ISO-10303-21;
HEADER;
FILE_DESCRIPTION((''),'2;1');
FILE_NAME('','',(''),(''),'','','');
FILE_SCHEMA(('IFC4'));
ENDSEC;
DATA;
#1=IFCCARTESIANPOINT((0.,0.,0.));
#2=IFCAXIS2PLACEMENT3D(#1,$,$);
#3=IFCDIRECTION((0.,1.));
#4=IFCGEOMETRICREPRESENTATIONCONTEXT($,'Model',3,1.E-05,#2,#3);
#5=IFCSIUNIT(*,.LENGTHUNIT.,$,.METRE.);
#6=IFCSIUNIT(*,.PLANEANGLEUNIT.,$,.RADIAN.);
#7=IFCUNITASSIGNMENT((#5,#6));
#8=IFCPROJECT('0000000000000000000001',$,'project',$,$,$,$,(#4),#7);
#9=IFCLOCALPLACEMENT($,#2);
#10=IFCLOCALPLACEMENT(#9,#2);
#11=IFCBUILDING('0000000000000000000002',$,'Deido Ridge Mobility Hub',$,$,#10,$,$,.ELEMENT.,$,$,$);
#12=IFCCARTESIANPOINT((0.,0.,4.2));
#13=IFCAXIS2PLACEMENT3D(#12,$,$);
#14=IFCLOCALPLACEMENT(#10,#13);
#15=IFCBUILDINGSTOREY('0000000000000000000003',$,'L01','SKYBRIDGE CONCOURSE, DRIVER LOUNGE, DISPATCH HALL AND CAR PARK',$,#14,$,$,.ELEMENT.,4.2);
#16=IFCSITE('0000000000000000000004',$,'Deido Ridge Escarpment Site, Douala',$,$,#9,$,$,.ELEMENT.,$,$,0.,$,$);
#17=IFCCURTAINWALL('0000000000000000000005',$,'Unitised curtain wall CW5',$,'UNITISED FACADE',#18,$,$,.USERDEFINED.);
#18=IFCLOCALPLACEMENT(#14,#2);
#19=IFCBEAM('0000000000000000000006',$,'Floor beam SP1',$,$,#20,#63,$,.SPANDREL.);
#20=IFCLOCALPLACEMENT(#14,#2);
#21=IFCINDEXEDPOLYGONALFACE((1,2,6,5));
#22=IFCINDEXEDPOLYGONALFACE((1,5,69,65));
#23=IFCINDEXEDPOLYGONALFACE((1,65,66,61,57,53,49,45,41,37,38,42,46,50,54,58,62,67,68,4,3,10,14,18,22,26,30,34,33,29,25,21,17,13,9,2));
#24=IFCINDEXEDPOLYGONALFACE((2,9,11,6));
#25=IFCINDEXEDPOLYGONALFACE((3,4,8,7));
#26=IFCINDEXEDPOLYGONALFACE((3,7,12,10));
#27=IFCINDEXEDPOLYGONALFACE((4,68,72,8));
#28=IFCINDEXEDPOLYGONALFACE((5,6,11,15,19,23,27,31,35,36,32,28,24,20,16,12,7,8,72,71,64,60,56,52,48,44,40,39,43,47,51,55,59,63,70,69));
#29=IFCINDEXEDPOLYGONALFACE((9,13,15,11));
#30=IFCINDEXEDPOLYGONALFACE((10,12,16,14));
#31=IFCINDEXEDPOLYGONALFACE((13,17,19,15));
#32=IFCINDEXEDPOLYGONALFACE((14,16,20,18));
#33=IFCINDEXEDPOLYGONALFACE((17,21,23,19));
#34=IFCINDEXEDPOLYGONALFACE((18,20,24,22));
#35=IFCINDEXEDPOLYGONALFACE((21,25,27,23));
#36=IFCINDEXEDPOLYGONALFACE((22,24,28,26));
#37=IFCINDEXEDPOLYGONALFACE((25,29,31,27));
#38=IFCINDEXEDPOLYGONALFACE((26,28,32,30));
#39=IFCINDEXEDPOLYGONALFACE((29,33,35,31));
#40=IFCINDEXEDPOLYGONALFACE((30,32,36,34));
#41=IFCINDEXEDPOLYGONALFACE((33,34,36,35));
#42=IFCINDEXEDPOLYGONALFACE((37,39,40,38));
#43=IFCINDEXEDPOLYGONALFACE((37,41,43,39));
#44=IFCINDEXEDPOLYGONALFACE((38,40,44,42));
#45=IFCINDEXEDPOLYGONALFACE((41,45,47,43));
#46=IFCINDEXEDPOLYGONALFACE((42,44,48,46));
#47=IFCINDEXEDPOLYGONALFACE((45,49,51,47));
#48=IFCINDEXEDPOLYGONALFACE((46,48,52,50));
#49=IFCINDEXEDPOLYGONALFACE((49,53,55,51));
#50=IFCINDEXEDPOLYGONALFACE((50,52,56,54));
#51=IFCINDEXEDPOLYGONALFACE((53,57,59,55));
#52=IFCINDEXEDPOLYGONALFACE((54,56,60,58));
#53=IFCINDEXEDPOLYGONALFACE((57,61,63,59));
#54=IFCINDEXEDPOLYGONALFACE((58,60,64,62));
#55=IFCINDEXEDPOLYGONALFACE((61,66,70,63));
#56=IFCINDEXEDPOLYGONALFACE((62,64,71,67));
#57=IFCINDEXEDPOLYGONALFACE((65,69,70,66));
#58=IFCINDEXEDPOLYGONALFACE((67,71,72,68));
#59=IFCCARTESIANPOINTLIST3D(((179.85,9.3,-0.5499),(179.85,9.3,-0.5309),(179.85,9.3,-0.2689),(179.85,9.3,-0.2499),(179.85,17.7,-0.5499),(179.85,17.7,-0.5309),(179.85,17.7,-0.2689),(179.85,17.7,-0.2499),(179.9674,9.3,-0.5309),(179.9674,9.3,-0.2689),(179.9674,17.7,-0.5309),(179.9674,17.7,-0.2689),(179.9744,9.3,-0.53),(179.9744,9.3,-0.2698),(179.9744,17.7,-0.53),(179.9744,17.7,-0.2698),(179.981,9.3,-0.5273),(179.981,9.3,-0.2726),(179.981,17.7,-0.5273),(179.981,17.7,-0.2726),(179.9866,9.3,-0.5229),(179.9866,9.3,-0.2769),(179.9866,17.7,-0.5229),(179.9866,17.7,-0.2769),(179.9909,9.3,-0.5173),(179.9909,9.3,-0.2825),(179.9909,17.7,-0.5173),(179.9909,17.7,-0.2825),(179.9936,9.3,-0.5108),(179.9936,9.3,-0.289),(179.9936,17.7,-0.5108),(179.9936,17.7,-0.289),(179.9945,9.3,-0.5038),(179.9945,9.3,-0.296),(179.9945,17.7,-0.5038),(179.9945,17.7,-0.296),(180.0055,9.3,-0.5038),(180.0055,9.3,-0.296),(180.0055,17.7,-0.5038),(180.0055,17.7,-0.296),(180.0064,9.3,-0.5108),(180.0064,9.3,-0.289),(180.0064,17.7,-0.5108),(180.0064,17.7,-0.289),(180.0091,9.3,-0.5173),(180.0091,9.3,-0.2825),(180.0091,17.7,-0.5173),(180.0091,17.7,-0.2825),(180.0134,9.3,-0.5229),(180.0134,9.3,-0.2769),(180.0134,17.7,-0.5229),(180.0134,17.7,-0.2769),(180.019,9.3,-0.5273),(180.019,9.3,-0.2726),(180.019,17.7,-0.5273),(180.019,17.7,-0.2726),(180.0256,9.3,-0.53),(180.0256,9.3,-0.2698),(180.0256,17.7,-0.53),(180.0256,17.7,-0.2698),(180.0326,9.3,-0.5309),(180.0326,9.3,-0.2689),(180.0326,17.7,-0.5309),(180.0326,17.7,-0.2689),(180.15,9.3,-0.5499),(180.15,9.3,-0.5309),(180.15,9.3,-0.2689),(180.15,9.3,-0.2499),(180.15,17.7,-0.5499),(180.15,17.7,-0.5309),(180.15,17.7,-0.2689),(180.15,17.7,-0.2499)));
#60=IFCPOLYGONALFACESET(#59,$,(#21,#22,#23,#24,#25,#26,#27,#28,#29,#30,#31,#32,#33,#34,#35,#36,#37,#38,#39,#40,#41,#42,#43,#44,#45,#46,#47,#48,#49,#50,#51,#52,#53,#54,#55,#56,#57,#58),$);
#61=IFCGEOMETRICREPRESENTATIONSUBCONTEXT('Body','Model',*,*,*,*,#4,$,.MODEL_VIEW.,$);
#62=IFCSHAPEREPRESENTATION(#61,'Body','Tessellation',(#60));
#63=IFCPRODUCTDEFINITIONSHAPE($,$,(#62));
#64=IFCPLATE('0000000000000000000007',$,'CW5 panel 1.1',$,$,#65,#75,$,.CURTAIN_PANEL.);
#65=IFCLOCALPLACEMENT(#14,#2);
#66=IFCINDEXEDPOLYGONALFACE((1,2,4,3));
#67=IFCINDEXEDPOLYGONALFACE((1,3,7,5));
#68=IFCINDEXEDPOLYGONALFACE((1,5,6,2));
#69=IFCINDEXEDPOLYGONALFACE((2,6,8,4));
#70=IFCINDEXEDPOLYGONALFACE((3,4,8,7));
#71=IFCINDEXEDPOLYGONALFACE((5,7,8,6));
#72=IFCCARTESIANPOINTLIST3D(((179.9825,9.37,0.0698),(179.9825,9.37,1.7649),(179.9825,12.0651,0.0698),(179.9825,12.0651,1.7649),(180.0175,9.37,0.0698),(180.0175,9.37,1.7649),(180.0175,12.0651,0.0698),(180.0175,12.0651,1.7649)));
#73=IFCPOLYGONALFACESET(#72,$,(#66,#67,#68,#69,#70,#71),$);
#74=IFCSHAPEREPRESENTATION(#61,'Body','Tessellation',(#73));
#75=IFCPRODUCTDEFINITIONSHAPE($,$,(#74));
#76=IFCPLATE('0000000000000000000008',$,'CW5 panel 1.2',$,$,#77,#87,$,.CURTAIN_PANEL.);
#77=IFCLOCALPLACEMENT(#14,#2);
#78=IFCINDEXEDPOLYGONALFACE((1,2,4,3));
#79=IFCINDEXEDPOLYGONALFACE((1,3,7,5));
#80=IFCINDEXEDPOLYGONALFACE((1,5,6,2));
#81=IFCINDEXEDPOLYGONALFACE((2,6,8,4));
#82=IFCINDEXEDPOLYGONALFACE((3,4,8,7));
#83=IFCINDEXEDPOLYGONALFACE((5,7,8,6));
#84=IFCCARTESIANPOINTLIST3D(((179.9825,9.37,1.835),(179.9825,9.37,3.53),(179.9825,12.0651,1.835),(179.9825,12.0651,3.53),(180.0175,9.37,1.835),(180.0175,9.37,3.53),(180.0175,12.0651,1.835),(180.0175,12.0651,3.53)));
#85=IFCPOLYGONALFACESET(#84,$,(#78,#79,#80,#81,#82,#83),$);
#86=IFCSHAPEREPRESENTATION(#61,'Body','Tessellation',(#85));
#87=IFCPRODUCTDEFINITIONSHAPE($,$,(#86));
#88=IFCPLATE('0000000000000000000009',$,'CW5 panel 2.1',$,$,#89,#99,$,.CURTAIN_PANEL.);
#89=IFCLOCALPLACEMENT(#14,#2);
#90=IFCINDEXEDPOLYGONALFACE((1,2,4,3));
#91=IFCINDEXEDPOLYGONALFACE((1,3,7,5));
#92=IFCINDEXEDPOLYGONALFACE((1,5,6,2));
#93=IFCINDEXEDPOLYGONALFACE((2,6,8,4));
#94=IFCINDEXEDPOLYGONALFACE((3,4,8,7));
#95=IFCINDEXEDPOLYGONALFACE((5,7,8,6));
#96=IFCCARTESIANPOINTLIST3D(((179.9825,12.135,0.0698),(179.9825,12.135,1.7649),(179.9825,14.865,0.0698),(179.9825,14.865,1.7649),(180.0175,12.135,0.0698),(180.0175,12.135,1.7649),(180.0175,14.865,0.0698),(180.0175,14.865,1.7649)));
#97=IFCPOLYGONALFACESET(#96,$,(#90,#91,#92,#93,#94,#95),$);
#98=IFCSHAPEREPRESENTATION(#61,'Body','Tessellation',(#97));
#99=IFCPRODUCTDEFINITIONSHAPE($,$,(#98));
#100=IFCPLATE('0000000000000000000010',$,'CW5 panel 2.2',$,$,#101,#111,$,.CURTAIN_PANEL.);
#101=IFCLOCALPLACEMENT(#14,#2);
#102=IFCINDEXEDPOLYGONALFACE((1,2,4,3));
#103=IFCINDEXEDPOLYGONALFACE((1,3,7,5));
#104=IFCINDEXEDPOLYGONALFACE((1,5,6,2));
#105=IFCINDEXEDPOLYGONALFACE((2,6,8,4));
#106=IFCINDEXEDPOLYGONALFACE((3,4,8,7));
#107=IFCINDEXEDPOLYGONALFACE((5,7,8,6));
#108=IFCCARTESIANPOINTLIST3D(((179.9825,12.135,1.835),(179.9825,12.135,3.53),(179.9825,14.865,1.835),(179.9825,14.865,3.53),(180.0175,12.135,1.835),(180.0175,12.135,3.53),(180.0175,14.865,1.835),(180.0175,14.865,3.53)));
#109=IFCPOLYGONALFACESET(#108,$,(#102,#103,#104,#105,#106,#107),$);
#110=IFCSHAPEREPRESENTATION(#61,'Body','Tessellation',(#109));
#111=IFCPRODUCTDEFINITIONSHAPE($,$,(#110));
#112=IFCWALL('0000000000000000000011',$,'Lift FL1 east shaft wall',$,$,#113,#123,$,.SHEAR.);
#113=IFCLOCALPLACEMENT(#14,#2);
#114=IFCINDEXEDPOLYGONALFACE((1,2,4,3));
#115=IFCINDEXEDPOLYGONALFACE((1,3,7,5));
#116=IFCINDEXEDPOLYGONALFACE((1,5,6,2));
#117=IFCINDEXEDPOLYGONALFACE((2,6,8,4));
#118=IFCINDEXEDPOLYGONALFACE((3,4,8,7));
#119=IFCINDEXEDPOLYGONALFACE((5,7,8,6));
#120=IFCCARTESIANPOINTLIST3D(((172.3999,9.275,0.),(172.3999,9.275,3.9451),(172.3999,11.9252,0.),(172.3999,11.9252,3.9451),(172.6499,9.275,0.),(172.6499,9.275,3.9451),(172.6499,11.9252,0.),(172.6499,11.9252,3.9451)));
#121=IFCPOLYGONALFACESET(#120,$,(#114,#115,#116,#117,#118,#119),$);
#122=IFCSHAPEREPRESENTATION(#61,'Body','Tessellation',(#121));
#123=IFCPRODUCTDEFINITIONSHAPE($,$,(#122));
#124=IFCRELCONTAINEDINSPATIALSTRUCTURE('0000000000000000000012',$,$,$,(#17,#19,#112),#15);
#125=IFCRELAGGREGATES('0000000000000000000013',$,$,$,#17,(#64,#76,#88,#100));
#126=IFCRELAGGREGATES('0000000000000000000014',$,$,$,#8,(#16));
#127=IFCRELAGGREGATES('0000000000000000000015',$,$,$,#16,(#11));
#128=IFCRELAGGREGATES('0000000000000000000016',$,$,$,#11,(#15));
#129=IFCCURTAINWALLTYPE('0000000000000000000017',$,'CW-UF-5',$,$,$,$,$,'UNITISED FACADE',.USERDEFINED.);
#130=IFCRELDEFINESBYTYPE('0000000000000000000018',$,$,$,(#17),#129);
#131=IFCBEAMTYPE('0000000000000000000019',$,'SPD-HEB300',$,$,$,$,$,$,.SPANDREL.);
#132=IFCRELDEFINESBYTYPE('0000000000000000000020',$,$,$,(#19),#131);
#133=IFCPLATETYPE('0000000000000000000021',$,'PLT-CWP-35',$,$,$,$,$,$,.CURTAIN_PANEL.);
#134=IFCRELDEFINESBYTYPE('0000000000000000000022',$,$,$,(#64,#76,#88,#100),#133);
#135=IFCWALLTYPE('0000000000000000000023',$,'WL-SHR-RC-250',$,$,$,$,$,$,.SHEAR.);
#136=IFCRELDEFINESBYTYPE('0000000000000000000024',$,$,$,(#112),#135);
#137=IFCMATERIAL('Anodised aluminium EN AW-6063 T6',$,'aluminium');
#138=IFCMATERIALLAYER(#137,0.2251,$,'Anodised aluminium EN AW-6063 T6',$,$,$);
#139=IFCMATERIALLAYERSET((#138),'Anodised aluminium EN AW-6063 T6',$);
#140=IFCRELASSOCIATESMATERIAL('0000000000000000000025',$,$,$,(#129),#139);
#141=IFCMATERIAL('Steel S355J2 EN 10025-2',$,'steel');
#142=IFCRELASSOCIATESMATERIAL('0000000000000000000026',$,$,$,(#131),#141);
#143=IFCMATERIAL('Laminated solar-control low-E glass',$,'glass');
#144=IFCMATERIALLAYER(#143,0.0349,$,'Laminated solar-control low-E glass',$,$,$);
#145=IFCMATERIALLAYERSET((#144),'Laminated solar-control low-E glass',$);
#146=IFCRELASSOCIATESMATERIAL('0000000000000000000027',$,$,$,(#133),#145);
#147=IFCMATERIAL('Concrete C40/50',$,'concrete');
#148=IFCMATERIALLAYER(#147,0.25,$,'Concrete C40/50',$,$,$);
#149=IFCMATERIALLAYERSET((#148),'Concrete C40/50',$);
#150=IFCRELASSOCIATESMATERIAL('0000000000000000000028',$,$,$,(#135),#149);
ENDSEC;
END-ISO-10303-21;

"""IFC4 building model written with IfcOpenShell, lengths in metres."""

from ifc_helpers import new_model, si_unit, direction, frame, frame_2d, origin, origin_2d, place, context, subcontext, project, spatial, rectangle, i_section, extrude, material, layer, layer_set, material_profile, profile_set, type_object, element, aggregate, save


model = new_model("IFC4")

# Units and contexts
model_context = context("Model", 3, precision=1e-05, world=origin(), true_north=direction((0.0, 1.0)))
body_context = subcontext(model_context, "Body", "Model", "MODEL_VIEW")
ifc_project = project(units=[si_unit("LENGTHUNIT", "METRE"), si_unit("PLANEANGLEUNIT", "RADIAN")], contexts=[model_context])

# Site, building, storey
site_placement = place(None, origin())
site = spatial("IfcSite", under=ifc_project, at=site_placement, Name="Deido Ridge Escarpment Site, Douala", CompositionType="ELEMENT", RefElevation=0.0)
building_placement = place(site_placement, origin())
building = spatial("IfcBuilding", under=site, at=building_placement, Name="Deido Ridge Mobility Hub", CompositionType="ELEMENT")
storey_placement = place(building_placement, frame((0.0, 0.0, 4.2)))
storey = spatial("IfcBuildingStorey", under=building, at=storey_placement, Name="L01", Description="SKYBRIDGE CONCOURSE, DRIVER LOUNGE, DISPATCH HALL AND CAR PARK", CompositionType="ELEMENT", Elevation=4.2)

# Curtain wall
ifc_material_1 = material(Name="Anodised aluminium EN AW-6063 T6", Category="aluminium")
ifc_layer_1 = layer(ifc_material_1, 0.2251, Name="Anodised aluminium EN AW-6063 T6")
ifc_layer_set_1 = layer_set([ifc_layer_1], Name="Anodised aluminium EN AW-6063 T6")
curtain_wall_type = type_object("IfcCurtainWallType", Name="CW-UF-5", ElementType="UNITISED FACADE", PredefinedType="USERDEFINED", material=ifc_layer_set_1)
curtain_wall_placement = place(storey_placement, origin())
curtain_wall = element("IfcCurtainWall", 1, at=curtain_wall_placement, inside=storey, type_object=curtain_wall_type, Name="Unitised curtain wall CW5", ObjectType="UNITISED FACADE", PredefinedType="USERDEFINED")

# Beam
ifc_material_2 = material(Name="Steel S355J2 EN 10025-2", Category="steel")
ifc_material_profile_1 = material_profile(ifc_material_2, i_section(OverallWidth=0.3, OverallDepth=0.3, WebThickness=0.011, FlangeThickness=0.019, FilletRadius=0.0271, at=origin_2d()), Name="HEB 300")
ifc_profile_set_1 = profile_set([ifc_material_profile_1], Name="Steel S355J2 EN 10025-2")
beam_type = type_object("IfcBeamType", Name="SPD-HEB300", PredefinedType="SPANDREL", material=ifc_profile_set_1)
beam_placement = place(storey_placement, frame((180.0, 9.3, -0.3999), z_axis=(0.0, 1.0, 0.0), x_axis=(-1.0, 0.0, 0.0)))
element("IfcBeam", 2, at=beam_placement, inside=storey, type_object=beam_type, Name="Floor beam SP1", PredefinedType="SPANDREL", context=body_context, shape_type="SweptSolid", body=[
    extrude(i_section(OverallWidth=0.3, OverallDepth=0.3, WebThickness=0.011, FlangeThickness=0.019, FilletRadius=0.0271, at=origin_2d()), origin(), (0.0, 0.0, 1.0), 8.3999),
])

# Plates
ifc_material_3 = material(Name="Laminated solar-control low-E glass", Category="glass")
ifc_layer_2 = layer(ifc_material_3, 0.0349, Name="Laminated solar-control low-E glass")
ifc_layer_set_2 = layer_set([ifc_layer_2], Name="Laminated solar-control low-E glass")
plate_type = type_object("IfcPlateType", Name="PLT-CWP-35", PredefinedType="CURTAIN_PANEL", material=ifc_layer_set_2)
plate_1_placement = place(storey_placement, frame((180.0, 10.7175, 0.0698), z_axis=(0.0, 0.0, 1.0), x_axis=(0.0, 1.0, 0.0)))
plate_1 = element("IfcPlate", 3, at=plate_1_placement, type_object=plate_type, Name="CW5 panel 1.1", PredefinedType="CURTAIN_PANEL", context=body_context, shape_type="SweptSolid", body=[
    extrude(rectangle(XDim=2.6951, YDim=0.0349, at=origin_2d()), origin(), (0.0, 0.0, 1.0), 1.6951),
])
plate_2_placement = place(storey_placement, frame((180.0, 10.7175, 1.835), z_axis=(0.0, 0.0, 1.0), x_axis=(0.0, 1.0, 0.0)))
plate_2 = element("IfcPlate", 4, at=plate_2_placement, type_object=plate_type, Name="CW5 panel 1.2", PredefinedType="CURTAIN_PANEL", context=body_context, shape_type="SweptSolid", body=[
    extrude(rectangle(XDim=2.6951, YDim=0.0349, at=origin_2d()), origin(), (0.0, 0.0, 1.0), 1.6951),
])
plate_3_placement = place(storey_placement, frame((180.0, 13.5, 0.0698), z_axis=(0.0, 0.0, 1.0), x_axis=(0.0, 1.0, 0.0)))
plate_3 = element("IfcPlate", 5, at=plate_3_placement, type_object=plate_type, Name="CW5 panel 2.1", PredefinedType="CURTAIN_PANEL", context=body_context, shape_type="SweptSolid", body=[
    extrude(rectangle(XDim=2.73, YDim=0.0349, at=origin_2d()), origin(), (0.0, 0.0, 1.0), 1.6951),
])
plate_4_placement = place(storey_placement, frame((180.0, 13.5, 1.835), z_axis=(0.0, 0.0, 1.0), x_axis=(0.0, 1.0, 0.0)))
plate_4 = element("IfcPlate", 6, at=plate_4_placement, type_object=plate_type, Name="CW5 panel 2.2", PredefinedType="CURTAIN_PANEL", context=body_context, shape_type="SweptSolid", body=[
    extrude(rectangle(XDim=2.73, YDim=0.0349, at=origin_2d()), origin(), (0.0, 0.0, 1.0), 1.6951),
])
aggregate(curtain_wall, [plate_1, plate_2, plate_3, plate_4])

# Wall
ifc_material_4 = material(Name="Concrete C40/50", Category="concrete")
ifc_layer_3 = layer(ifc_material_4, 0.25, Name="Concrete C40/50")
ifc_layer_set_3 = layer_set([ifc_layer_3], Name="Concrete C40/50")
wall_type = type_object("IfcWallType", Name="WL-SHR-RC-250", PredefinedType="SHEAR", material=ifc_layer_set_3)
wall_1_placement = place(storey_placement, frame((172.5249, 9.2749, 0.0), z_axis=(0.0, 0.0, 1.0), x_axis=(0.0, 1.0, 0.0)))
element("IfcWall", 7, at=wall_1_placement, inside=storey, type_object=wall_type, Name="Lift FL1 east shaft wall", PredefinedType="SHEAR", context=body_context, shape_type="SweptSolid", body=[
    extrude(rectangle(XDim=2.6501, YDim=0.25, at=frame_2d((1.3252, 0.0))), origin(), (0.0, 0.0, 1.0), 3.9451),
])

save(model, "model.ifc")
